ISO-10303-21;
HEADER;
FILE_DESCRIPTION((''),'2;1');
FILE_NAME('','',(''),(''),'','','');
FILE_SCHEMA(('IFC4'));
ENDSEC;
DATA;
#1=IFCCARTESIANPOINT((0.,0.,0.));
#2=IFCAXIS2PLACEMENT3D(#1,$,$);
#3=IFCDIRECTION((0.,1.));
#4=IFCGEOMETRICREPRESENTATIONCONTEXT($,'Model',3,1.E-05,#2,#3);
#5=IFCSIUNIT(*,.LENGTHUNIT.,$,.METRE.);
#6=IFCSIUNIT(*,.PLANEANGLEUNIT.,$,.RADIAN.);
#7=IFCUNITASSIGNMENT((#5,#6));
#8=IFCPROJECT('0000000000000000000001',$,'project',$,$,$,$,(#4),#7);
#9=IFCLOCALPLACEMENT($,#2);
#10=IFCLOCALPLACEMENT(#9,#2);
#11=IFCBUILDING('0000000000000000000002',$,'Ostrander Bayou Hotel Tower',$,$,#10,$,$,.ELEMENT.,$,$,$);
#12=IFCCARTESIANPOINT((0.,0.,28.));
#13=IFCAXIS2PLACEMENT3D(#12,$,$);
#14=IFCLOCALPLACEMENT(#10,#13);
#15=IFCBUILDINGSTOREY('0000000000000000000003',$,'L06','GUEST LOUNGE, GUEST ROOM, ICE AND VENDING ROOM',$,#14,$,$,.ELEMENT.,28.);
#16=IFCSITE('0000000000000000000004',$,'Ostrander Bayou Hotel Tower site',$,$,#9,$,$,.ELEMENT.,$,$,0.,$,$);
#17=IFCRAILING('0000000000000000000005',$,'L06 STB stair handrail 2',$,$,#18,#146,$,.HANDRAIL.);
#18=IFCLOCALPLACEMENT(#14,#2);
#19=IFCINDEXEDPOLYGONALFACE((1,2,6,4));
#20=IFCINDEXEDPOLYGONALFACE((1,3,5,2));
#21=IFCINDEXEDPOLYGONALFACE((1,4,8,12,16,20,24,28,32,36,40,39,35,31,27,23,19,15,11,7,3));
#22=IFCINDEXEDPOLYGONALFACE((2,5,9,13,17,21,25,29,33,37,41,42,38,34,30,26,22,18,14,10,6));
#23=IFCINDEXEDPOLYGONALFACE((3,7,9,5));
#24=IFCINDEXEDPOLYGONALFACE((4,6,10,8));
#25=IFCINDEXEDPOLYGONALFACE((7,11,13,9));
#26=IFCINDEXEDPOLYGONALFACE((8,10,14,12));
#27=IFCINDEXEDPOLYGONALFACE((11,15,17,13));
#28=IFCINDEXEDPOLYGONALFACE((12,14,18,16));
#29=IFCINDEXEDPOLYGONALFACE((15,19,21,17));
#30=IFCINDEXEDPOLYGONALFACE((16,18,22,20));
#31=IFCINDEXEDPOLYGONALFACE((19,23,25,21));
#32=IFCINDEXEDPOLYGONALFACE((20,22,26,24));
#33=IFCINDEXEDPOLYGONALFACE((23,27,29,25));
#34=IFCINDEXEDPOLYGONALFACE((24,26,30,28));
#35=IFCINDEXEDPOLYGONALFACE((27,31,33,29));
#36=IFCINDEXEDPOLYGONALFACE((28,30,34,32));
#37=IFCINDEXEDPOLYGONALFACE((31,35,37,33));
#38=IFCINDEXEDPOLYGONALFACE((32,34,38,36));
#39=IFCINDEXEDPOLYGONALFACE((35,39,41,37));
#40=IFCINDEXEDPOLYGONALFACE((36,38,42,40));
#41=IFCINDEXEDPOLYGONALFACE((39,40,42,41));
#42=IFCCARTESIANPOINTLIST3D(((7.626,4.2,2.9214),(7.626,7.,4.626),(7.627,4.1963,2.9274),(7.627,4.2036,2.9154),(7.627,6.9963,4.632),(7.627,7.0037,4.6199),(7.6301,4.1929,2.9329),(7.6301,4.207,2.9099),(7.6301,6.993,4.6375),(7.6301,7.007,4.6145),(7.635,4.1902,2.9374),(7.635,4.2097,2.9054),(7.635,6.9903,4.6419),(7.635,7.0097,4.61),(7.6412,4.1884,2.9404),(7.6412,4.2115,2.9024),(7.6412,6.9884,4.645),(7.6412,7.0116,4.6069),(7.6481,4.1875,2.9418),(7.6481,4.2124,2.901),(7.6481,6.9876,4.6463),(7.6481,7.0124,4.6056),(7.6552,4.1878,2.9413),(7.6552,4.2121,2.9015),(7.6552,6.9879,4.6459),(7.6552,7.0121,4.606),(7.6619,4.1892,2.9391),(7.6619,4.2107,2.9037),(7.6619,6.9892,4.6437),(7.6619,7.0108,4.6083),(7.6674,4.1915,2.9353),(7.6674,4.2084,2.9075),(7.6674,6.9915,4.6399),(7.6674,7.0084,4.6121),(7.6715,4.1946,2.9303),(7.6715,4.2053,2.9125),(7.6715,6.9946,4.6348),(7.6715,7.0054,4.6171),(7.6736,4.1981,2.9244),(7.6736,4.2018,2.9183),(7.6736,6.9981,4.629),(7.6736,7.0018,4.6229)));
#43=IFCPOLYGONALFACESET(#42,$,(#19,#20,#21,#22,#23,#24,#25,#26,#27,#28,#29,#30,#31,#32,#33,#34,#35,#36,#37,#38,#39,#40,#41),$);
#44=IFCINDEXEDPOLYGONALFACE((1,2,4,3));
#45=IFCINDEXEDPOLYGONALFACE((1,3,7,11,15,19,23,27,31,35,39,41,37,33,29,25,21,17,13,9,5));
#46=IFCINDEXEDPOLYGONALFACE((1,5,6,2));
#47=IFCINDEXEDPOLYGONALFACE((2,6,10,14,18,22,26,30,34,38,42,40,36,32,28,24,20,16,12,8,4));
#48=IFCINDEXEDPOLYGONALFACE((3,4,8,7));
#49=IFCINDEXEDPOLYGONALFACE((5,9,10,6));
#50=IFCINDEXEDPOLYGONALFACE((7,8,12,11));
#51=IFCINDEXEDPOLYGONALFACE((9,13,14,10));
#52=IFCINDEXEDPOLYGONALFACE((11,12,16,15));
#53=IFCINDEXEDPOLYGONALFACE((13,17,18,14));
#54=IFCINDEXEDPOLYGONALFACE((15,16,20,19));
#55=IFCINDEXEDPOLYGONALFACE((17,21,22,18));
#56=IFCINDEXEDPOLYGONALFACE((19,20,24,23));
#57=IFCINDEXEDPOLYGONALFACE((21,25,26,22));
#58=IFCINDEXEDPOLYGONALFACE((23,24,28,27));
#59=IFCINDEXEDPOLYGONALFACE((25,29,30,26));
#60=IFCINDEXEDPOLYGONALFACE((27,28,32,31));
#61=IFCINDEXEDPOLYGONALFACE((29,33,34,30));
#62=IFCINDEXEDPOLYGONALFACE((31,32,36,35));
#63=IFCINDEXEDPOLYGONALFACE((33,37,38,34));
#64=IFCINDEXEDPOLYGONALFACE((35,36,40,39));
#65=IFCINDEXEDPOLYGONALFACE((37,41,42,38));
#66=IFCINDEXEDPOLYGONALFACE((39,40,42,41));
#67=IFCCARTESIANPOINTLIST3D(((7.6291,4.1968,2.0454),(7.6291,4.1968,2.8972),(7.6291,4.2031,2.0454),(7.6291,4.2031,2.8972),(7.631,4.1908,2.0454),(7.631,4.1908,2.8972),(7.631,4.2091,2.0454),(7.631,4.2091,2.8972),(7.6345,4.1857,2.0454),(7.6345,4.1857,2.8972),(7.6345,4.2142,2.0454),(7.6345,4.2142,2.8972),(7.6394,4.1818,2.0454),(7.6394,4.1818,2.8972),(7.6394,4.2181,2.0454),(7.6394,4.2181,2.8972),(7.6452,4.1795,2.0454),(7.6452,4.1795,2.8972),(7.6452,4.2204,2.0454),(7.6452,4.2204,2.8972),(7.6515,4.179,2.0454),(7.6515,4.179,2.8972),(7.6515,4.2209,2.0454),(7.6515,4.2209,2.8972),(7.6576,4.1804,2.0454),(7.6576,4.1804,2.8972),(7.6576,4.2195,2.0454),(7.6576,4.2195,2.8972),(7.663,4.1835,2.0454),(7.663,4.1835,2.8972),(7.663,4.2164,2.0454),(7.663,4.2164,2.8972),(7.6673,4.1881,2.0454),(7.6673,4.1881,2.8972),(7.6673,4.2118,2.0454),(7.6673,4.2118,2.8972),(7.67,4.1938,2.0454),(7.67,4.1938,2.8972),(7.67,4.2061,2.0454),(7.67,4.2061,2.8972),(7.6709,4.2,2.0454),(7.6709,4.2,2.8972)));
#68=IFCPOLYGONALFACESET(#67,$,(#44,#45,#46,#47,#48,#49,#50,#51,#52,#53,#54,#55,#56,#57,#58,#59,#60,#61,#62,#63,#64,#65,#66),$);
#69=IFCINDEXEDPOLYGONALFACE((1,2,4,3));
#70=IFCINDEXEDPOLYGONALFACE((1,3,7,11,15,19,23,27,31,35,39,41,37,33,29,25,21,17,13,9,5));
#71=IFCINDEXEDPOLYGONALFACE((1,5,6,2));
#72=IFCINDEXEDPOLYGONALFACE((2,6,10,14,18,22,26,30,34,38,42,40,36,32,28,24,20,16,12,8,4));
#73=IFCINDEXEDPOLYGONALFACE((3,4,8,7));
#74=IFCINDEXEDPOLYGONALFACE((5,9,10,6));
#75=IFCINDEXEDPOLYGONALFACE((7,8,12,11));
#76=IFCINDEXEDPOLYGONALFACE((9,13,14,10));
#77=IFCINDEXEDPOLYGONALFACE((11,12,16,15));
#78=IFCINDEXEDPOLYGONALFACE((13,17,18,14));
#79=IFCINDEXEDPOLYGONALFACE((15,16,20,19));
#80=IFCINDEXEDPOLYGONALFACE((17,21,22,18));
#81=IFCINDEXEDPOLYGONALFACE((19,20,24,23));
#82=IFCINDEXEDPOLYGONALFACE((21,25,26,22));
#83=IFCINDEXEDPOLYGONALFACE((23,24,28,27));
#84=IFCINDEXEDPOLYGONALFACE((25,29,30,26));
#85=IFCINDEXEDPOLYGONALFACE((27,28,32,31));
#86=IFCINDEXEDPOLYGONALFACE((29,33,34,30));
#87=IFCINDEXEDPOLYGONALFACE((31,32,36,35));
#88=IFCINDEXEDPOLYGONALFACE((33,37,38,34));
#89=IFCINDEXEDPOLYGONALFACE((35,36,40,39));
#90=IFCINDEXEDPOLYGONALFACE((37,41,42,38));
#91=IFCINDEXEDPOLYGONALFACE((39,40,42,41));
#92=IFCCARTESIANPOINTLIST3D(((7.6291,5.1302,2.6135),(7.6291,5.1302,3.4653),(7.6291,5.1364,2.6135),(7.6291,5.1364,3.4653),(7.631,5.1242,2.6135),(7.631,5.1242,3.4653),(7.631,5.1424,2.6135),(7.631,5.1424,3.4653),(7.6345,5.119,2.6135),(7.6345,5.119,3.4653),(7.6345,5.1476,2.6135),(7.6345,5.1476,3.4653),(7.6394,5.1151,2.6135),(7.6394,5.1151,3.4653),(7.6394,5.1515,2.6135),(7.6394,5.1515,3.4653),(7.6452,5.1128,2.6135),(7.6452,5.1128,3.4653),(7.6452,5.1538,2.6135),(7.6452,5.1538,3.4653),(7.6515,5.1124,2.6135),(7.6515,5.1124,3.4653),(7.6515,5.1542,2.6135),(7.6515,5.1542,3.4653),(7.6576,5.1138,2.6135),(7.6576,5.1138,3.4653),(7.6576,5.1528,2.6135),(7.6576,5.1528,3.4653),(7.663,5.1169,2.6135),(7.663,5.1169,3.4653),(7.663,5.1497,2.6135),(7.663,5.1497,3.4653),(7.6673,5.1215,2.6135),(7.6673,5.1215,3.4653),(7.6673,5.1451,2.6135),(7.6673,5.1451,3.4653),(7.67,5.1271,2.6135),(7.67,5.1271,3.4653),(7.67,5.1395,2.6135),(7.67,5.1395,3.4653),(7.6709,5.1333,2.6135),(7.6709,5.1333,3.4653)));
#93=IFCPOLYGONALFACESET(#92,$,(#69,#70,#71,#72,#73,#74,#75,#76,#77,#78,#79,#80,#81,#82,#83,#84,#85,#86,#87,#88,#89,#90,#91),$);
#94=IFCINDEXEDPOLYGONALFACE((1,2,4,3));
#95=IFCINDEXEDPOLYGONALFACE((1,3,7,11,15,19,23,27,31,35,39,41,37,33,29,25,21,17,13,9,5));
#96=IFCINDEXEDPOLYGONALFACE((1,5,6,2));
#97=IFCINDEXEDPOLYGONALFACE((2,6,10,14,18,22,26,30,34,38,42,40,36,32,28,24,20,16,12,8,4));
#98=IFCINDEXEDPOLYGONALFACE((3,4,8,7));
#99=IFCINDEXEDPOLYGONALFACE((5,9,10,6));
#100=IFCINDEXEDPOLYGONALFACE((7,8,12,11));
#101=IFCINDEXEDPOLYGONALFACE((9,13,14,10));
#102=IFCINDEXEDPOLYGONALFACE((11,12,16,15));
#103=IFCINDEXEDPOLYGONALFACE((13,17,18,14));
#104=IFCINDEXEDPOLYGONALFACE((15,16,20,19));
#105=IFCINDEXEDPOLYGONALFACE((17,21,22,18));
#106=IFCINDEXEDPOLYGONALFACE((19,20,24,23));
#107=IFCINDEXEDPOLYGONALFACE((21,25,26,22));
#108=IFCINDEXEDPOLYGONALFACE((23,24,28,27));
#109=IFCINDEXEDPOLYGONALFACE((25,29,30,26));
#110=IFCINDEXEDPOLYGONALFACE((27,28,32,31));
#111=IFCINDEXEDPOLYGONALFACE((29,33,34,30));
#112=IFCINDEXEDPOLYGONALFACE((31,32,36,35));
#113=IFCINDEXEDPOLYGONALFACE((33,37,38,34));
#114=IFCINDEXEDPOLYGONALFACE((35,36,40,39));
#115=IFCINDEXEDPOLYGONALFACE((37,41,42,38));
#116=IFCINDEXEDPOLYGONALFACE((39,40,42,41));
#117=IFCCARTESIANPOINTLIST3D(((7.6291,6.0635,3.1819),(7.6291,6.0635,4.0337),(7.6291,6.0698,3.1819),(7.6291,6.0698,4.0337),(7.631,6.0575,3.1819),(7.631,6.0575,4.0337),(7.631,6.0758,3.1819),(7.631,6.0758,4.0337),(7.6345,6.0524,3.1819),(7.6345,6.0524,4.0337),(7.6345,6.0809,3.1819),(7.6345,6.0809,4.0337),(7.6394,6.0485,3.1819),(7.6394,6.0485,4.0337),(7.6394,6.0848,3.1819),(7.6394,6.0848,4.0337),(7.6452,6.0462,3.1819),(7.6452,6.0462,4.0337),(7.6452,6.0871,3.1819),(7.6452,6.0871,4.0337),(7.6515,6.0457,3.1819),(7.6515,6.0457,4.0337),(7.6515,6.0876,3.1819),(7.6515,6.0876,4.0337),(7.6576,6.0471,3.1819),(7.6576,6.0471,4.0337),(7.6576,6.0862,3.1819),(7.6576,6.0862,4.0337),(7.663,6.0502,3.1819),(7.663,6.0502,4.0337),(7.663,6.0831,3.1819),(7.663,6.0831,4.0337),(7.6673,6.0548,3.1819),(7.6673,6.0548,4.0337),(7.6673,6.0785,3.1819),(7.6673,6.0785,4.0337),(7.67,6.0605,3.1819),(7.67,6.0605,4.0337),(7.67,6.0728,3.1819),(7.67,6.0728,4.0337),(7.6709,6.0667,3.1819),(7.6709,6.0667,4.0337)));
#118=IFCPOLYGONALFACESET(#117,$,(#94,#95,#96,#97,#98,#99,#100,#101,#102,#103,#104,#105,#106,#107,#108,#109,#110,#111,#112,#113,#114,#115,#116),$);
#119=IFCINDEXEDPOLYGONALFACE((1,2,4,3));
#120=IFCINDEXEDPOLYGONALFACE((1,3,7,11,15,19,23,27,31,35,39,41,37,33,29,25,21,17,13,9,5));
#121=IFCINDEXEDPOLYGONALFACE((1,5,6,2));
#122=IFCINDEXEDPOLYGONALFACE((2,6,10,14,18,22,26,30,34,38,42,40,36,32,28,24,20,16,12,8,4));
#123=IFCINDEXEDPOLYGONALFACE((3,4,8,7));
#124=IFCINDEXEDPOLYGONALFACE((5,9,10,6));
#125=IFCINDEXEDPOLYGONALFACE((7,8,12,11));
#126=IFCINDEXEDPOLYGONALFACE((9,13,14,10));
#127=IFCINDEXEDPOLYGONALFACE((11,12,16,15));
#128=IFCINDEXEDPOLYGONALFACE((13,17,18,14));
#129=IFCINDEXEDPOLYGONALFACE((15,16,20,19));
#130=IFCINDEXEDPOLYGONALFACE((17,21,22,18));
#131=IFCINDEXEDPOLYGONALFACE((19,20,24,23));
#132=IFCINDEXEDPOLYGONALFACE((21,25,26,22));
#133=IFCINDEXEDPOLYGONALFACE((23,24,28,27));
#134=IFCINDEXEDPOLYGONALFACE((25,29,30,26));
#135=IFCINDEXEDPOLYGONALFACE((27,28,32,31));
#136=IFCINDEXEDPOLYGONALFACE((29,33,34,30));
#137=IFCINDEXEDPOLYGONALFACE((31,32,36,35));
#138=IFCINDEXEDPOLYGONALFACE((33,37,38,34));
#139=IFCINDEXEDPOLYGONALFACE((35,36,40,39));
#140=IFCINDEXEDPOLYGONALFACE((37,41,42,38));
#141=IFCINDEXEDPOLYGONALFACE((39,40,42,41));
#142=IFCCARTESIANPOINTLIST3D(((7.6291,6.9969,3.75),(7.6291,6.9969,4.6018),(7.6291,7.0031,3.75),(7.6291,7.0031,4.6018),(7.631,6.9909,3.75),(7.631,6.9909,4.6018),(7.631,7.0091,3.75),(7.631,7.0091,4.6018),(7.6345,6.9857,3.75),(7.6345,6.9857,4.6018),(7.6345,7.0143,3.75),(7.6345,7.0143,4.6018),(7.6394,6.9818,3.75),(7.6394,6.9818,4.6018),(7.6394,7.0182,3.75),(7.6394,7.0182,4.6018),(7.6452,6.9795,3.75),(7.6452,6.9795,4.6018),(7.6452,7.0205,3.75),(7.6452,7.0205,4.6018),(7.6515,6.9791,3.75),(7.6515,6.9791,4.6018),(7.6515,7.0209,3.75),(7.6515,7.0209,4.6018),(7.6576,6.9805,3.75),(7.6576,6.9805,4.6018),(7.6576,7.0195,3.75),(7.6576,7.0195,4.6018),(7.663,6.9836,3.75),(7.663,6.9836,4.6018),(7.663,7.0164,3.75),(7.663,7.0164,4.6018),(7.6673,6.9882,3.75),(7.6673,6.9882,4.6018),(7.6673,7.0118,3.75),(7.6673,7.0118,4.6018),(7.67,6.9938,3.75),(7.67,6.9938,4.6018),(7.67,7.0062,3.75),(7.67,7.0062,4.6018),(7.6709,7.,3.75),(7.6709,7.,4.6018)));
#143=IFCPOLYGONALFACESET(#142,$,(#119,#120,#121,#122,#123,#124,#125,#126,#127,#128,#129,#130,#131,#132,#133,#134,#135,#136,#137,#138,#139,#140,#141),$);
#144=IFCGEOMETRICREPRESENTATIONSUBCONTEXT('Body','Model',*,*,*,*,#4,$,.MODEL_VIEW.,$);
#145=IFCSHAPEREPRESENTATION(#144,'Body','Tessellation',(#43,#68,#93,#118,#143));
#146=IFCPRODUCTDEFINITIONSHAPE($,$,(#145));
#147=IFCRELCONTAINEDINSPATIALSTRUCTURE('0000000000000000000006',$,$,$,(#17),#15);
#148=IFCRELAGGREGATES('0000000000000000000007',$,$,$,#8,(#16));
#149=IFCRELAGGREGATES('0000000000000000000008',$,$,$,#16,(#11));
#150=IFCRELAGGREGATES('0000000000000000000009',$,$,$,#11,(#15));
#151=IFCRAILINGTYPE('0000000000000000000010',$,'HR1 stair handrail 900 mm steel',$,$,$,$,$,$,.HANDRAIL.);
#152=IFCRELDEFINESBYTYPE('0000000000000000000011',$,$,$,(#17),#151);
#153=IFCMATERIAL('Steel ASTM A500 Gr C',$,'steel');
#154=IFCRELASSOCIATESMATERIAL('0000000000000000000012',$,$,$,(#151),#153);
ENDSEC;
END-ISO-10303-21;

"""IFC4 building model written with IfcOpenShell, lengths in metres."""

from ifc_helpers import new_model, si_unit, direction, frame, origin, origin_2d, place, context, subcontext, project, spatial, circle, extrude, material, type_object, element, save


model = new_model("IFC4")

# Units and contexts
model_context = context("Model", 3, precision=1e-05, world=origin(), true_north=direction((0.0, 1.0)))
body_context = subcontext(model_context, "Body", "Model", "MODEL_VIEW")
ifc_project = project(units=[si_unit("LENGTHUNIT", "METRE"), si_unit("PLANEANGLEUNIT", "RADIAN")], contexts=[model_context])

# Site, building, storey
site_placement = place(None, origin())
site = spatial("IfcSite", under=ifc_project, at=site_placement, Name="Ostrander Bayou Hotel Tower site", CompositionType="ELEMENT", RefElevation=0.0)
building_placement = place(site_placement, origin())
building = spatial("IfcBuilding", under=site, at=building_placement, Name="Ostrander Bayou Hotel Tower", CompositionType="ELEMENT")
storey_placement = place(building_placement, frame((0.0, 0.0, 28.0)))
storey = spatial("IfcBuildingStorey", under=building, at=storey_placement, Name="L06", Description="GUEST LOUNGE, GUEST ROOM, ICE AND VENDING ROOM", CompositionType="ELEMENT", Elevation=28.0)

# Railing
ifc_material_1 = material(Name="Steel ASTM A500 Gr C", Category="steel")
railing_type_1 = type_object("IfcRailingType", Name="HR1 stair handrail 900 mm steel", PredefinedType="HANDRAIL", material=ifc_material_1)
railing_1_placement = place(storey_placement, frame((7.6499, 4.2, 2.0454)))
element("IfcRailing", 1, at=railing_1_placement, inside=storey, type_object=railing_type_1, Name="L06 STB stair handrail 2", PredefinedType="HANDRAIL", context=body_context, shape_type="SweptSolid", body=[
    extrude(circle(Radius=0.0239, at=origin_2d()), frame((0.0, 0.0, 0.876), z_axis=(0.0, 0.85417, 0.519994), x_axis=(-1.0, 0.0, 0.0)), (0.0, 0.0, 1.0), 3.2781),
    extrude(circle(Radius=0.021, at=origin_2d()), origin(), (0.0, 0.0, 1.0), 0.8518),
    extrude(circle(Radius=0.021, at=origin_2d()), frame((0.0, 0.9333, 0.5681)), (0.0, 0.0, 1.0), 0.8518),
    extrude(circle(Radius=0.021, at=origin_2d()), frame((0.0, 1.8667, 1.1365)), (0.0, 0.0, 1.0), 0.8518),
    extrude(circle(Radius=0.021, at=origin_2d()), frame((0.0, 2.8, 1.7046)), (0.0, 0.0, 1.0), 0.8518),
])

save(model, "model.ifc")
